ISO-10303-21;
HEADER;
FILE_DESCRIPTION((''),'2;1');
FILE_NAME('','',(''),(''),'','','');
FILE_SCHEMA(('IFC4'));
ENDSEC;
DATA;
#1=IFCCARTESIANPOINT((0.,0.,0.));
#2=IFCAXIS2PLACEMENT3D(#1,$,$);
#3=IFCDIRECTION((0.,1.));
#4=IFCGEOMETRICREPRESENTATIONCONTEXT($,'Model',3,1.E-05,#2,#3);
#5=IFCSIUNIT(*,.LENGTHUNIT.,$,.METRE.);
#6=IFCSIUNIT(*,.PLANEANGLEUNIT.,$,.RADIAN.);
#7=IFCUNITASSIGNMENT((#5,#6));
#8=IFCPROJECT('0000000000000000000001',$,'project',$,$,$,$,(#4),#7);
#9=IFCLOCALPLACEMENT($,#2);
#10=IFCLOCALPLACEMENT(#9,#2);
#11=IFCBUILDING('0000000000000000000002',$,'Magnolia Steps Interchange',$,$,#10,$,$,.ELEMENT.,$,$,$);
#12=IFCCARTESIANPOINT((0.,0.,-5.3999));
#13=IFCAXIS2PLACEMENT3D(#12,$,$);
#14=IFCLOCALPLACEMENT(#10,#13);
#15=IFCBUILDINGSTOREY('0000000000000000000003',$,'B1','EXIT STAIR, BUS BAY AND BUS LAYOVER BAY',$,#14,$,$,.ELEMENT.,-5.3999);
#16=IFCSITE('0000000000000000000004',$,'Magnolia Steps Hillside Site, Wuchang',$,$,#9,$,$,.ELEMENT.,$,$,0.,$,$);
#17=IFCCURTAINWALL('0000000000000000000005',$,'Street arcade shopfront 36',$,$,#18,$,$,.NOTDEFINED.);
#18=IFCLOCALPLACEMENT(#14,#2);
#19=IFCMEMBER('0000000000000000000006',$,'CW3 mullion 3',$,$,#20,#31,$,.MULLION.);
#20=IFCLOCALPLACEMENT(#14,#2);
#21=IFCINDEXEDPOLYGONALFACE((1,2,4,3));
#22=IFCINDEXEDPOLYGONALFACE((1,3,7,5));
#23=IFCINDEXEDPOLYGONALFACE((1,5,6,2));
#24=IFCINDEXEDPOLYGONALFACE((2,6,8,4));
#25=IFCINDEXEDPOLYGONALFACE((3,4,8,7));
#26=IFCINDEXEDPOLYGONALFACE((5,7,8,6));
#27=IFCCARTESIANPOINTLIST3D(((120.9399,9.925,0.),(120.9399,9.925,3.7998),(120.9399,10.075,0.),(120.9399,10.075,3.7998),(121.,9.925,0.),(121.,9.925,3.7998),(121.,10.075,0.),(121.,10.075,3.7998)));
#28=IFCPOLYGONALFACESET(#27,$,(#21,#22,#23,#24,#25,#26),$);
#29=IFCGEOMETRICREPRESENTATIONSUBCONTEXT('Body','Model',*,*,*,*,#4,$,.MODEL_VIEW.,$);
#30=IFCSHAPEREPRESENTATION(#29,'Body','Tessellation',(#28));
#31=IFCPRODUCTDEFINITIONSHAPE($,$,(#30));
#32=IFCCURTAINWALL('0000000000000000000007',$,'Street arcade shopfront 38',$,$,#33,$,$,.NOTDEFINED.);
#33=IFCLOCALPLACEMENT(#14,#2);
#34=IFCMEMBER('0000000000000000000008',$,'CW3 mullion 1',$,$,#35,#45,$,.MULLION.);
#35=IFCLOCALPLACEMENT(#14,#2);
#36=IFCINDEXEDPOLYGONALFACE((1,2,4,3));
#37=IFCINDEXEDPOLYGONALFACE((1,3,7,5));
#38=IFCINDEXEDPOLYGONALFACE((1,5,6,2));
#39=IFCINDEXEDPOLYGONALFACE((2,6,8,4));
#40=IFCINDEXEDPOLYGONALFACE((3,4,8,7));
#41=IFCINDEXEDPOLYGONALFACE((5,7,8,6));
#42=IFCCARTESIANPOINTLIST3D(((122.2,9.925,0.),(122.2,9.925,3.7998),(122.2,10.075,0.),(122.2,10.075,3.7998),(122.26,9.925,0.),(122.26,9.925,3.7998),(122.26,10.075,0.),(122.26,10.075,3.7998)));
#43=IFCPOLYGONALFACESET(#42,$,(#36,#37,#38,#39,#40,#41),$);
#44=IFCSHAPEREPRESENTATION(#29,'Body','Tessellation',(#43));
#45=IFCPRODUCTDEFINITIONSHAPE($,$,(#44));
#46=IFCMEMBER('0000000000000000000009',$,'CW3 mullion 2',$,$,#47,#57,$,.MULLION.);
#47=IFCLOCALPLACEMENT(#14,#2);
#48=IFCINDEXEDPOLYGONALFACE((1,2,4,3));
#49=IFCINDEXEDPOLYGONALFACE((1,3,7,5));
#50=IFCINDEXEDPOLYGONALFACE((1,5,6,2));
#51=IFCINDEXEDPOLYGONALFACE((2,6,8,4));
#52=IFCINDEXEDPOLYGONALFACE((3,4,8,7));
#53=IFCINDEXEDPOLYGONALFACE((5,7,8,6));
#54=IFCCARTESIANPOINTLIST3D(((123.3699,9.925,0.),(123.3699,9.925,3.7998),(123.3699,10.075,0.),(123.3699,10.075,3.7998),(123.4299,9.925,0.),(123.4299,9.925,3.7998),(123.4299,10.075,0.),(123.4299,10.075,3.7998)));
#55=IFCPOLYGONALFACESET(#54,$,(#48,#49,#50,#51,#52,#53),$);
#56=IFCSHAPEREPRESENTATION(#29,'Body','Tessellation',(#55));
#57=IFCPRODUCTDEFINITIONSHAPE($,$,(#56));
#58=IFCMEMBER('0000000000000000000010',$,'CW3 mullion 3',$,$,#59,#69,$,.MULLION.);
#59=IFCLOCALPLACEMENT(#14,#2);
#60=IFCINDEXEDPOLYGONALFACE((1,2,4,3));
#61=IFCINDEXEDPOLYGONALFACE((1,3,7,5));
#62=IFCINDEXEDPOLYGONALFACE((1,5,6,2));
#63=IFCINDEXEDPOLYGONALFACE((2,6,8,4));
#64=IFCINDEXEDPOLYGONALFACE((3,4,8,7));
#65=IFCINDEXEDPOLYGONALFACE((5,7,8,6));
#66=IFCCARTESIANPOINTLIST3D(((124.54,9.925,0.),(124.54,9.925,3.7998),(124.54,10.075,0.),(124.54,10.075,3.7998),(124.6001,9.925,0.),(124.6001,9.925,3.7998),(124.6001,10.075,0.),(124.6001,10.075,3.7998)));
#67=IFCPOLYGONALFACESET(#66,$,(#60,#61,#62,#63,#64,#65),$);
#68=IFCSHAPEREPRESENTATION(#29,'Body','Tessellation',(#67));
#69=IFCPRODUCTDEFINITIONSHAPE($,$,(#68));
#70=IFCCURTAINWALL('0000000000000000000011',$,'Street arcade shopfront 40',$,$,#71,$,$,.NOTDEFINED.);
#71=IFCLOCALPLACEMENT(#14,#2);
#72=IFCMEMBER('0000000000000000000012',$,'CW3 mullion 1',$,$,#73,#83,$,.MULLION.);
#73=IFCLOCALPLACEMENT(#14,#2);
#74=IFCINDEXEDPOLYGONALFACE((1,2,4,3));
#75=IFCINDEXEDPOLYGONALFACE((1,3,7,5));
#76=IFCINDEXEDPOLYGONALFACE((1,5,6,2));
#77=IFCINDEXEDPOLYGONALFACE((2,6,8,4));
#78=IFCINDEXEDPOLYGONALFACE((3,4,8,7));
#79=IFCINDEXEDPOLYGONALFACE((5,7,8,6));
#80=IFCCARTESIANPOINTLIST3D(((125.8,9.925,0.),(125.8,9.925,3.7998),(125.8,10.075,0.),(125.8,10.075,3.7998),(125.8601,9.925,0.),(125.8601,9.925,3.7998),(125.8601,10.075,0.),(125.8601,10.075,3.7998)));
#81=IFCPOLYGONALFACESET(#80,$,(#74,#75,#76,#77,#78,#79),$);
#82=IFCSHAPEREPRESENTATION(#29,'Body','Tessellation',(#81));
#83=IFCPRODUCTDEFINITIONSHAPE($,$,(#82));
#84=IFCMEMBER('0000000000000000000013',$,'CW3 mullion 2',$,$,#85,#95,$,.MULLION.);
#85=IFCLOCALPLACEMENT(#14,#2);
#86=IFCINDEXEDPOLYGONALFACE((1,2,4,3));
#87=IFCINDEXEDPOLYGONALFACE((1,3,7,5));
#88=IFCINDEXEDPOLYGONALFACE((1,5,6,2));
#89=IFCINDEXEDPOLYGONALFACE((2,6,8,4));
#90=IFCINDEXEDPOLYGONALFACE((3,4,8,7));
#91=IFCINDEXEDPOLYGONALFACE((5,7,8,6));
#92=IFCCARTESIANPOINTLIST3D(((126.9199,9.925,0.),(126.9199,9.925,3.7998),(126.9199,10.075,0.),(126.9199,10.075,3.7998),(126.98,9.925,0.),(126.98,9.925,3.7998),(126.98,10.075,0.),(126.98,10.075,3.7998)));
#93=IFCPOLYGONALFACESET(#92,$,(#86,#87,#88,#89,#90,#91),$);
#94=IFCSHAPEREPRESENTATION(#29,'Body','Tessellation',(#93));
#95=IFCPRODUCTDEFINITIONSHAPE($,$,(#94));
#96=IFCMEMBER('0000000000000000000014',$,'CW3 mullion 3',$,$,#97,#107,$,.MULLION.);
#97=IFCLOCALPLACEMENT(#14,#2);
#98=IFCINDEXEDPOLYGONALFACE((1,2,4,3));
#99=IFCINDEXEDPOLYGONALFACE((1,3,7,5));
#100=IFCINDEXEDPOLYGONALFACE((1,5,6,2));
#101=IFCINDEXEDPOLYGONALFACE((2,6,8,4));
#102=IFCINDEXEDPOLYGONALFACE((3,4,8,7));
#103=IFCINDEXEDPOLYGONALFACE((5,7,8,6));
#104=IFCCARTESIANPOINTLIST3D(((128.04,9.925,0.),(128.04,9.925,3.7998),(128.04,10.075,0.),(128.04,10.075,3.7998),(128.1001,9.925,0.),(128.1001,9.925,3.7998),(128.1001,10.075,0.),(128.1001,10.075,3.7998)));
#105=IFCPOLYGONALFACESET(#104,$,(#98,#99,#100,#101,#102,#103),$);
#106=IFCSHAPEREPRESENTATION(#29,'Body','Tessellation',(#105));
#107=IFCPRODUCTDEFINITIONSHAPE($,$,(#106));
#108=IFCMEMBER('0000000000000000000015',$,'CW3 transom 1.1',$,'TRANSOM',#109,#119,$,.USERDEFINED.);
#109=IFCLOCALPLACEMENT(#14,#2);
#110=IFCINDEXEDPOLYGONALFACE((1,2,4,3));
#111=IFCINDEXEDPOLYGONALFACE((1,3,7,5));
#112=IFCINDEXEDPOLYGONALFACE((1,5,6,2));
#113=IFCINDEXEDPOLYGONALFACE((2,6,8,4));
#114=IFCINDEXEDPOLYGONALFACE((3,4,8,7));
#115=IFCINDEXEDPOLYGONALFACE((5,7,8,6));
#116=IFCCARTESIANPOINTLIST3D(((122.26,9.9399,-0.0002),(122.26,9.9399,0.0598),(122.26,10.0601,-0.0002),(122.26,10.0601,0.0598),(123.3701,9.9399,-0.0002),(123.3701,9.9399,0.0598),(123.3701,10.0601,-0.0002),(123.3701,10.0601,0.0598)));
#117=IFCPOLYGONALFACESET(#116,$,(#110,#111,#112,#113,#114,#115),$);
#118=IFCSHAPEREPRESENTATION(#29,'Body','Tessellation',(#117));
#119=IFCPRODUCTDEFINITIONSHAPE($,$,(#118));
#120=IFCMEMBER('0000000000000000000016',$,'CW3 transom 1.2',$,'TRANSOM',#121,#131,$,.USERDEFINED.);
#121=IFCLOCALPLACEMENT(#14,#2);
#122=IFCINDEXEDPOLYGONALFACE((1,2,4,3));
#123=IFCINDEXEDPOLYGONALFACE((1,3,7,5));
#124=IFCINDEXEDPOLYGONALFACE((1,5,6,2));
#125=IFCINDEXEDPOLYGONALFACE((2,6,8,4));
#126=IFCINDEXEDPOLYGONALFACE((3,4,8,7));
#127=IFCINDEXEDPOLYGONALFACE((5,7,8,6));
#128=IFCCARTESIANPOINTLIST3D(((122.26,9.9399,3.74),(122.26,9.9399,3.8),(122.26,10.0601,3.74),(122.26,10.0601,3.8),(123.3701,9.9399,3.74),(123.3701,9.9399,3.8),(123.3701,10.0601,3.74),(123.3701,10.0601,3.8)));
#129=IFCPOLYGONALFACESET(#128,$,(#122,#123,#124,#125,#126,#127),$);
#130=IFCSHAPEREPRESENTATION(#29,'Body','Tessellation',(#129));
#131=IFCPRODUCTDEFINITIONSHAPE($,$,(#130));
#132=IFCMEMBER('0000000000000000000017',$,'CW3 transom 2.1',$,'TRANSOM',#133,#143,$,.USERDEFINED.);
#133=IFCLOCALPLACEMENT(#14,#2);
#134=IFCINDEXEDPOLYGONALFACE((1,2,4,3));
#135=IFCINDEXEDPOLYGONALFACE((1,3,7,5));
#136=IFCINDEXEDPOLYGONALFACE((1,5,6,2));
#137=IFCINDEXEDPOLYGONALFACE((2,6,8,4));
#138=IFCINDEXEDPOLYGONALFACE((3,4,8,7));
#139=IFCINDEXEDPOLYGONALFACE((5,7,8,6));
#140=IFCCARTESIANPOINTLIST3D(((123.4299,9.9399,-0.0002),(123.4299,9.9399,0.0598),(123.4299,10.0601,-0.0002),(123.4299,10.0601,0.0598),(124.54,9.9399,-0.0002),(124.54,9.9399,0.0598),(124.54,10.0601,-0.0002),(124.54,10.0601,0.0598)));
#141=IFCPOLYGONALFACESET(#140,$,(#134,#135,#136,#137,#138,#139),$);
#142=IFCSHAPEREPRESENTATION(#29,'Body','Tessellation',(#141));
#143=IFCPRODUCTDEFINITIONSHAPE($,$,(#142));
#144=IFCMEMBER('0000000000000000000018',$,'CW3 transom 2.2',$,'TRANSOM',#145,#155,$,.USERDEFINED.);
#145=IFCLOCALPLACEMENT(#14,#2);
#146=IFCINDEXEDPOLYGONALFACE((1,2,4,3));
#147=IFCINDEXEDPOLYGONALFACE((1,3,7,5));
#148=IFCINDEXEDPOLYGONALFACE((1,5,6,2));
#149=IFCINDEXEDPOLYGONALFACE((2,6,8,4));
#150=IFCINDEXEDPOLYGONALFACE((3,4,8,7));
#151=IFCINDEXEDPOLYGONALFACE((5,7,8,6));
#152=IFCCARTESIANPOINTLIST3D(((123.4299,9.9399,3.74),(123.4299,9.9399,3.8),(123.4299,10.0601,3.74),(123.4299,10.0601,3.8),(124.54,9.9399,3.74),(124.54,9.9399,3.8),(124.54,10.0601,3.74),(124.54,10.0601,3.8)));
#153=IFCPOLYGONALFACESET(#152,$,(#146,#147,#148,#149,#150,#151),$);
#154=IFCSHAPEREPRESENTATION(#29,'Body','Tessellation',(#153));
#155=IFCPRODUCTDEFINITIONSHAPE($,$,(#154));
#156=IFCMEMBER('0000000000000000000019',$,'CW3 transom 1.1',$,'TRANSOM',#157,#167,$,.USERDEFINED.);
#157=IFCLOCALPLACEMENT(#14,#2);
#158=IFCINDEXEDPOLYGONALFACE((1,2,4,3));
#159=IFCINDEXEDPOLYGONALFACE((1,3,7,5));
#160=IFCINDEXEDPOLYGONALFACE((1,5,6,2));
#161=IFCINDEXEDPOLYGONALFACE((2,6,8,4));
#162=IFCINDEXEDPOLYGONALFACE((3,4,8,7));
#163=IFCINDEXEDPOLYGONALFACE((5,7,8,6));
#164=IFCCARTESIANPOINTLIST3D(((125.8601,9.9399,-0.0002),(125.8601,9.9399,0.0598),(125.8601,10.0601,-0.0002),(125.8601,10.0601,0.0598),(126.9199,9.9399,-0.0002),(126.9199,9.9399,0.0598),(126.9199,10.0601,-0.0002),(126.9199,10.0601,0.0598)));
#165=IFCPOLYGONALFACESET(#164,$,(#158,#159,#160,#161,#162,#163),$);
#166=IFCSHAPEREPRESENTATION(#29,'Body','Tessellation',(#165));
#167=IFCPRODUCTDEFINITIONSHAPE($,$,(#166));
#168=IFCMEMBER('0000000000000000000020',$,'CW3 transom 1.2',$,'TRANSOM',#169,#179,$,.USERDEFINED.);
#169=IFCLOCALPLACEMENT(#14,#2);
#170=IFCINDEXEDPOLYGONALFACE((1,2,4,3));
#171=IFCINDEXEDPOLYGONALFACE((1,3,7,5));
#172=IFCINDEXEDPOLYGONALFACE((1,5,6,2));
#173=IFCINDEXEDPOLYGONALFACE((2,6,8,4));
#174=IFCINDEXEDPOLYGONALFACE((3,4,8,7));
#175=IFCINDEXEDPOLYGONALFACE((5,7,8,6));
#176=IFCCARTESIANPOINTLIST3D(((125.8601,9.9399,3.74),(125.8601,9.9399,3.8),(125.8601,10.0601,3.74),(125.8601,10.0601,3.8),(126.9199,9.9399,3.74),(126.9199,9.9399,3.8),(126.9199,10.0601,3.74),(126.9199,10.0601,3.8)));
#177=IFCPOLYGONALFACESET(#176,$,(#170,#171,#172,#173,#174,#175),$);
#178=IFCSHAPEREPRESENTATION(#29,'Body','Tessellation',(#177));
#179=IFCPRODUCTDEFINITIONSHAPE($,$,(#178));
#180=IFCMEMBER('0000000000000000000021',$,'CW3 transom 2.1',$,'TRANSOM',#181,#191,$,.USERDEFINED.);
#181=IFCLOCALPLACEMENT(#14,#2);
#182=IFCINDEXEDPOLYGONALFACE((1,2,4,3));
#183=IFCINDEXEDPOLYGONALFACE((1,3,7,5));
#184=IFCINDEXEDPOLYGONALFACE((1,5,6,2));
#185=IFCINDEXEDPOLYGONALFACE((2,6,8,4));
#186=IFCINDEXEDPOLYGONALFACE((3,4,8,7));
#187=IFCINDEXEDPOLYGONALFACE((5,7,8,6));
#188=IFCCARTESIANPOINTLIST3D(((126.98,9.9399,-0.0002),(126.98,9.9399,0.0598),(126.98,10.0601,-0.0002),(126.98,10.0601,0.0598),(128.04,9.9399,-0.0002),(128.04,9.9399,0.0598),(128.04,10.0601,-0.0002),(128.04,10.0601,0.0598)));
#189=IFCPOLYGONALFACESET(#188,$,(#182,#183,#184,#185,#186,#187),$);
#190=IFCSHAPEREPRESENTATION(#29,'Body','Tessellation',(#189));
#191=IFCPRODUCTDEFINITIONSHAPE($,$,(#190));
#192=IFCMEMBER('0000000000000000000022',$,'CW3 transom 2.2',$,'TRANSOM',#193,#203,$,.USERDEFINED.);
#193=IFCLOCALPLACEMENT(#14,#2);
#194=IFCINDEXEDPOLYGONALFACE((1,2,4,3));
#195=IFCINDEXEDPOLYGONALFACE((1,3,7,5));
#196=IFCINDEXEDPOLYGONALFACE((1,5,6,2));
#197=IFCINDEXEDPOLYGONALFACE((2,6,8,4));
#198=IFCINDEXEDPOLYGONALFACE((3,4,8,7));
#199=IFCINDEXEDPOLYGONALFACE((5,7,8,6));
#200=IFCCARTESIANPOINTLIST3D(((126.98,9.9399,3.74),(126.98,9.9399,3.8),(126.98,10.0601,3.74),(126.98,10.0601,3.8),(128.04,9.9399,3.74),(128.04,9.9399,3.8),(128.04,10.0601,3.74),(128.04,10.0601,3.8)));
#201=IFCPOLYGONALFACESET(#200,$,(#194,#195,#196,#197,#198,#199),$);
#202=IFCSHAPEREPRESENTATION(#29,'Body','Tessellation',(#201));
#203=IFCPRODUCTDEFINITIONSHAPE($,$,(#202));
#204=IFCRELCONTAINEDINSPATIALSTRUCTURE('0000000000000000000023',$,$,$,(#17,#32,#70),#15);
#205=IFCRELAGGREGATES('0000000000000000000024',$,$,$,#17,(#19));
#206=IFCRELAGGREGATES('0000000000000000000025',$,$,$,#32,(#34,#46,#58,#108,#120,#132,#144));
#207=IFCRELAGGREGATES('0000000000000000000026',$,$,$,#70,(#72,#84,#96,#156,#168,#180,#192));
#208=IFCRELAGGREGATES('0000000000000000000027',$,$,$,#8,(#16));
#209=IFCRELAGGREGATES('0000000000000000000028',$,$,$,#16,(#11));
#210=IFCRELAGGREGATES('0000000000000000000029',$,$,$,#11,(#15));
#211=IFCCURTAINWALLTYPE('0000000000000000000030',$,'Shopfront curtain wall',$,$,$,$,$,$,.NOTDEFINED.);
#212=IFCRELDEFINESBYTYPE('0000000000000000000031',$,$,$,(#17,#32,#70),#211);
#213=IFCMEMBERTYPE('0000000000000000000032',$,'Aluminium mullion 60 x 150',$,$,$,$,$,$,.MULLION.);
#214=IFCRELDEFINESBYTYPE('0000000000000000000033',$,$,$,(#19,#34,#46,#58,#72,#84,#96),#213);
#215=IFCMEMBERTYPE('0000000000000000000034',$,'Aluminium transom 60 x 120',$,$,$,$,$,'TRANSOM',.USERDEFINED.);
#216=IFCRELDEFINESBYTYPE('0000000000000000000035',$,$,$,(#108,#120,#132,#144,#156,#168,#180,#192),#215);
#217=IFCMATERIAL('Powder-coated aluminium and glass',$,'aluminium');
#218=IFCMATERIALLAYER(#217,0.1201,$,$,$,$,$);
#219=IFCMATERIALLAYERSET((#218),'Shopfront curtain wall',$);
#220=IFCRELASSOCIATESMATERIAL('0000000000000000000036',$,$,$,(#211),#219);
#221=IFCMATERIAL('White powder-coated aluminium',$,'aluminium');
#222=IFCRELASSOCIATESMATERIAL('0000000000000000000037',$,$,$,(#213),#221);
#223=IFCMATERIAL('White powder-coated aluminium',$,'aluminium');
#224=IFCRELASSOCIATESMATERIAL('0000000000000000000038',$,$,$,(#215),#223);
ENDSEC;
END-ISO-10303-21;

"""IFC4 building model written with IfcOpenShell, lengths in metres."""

from ifc_helpers import new_model, si_unit, direction, frame, origin, origin_2d, place, context, subcontext, project, spatial, rectangle, extrude, material, layer, layer_set, material_profile, profile_set, type_object, element, aggregate, save


model = new_model("IFC4")

# Units and contexts
model_context = context("Model", 3, precision=1e-05, world=origin(), true_north=direction((0.0, 1.0)))
body_context = subcontext(model_context, "Body", "Model", "MODEL_VIEW")
ifc_project = project(units=[si_unit("LENGTHUNIT", "METRE"), si_unit("PLANEANGLEUNIT", "RADIAN")], contexts=[model_context])

# Site, building, storey
site_placement = place(None, origin())
site = spatial("IfcSite", under=ifc_project, at=site_placement, Name="Magnolia Steps Hillside Site, Wuchang", CompositionType="ELEMENT", RefElevation=0.0)
building_placement = place(site_placement, origin())
building = spatial("IfcBuilding", under=site, at=building_placement, Name="Magnolia Steps Interchange", CompositionType="ELEMENT")
storey_placement = place(building_placement, frame((0.0, 0.0, -5.3999)))
storey = spatial("IfcBuildingStorey", under=building, at=storey_placement, Name="B1", Description="EXIT STAIR, BUS BAY AND BUS LAYOVER BAY", CompositionType="ELEMENT", Elevation=-5.3999)

# Curtain wall, member
ifc_material_1 = material(Name="Powder-coated aluminium and glass", Category="aluminium")
ifc_layer_1 = layer(ifc_material_1, 0.1201)
ifc_layer_set_1 = layer_set([ifc_layer_1], Name="Shopfront curtain wall")
curtain_wall_type = type_object("IfcCurtainWallType", Name="Shopfront curtain wall", PredefinedType="NOTDEFINED", material=ifc_layer_set_1)
curtain_wall_1_placement = place(storey_placement, origin())
curtain_wall_1 = element("IfcCurtainWall", 1, at=curtain_wall_1_placement, inside=storey, type_object=curtain_wall_type, Name="Street arcade shopfront 36", PredefinedType="NOTDEFINED")
ifc_material_2 = material(Name="White powder-coated aluminium", Category="aluminium")
ifc_material_profile_1 = material_profile(ifc_material_2, rectangle(XDim=0.0601, YDim=0.1499, at=origin_2d()), Name="Aluminium mullion 60 x 150")
ifc_profile_set_1 = profile_set([ifc_material_profile_1], Name="White powder-coated aluminium")
member_type_1 = type_object("IfcMemberType", Name="Aluminium mullion 60 x 150", PredefinedType="MULLION", material=ifc_profile_set_1)
member_1_placement = place(storey_placement, frame((120.97, 10.0, 0.0), z_axis=(0.0, 0.0, 1.0), x_axis=(1.0, 0.0, 0.0)))
member_1 = element("IfcMember", 2, at=member_1_placement, type_object=member_type_1, Name="CW3 mullion 3", PredefinedType="MULLION", context=body_context, shape_type="SweptSolid", body=[
    extrude(rectangle(XDim=0.0601, YDim=0.1499, at=origin_2d()), origin(), (0.0, 0.0, 1.0), 3.7998),
])

# Curtain walls, members
curtain_wall_2_placement = place(storey_placement, origin())
curtain_wall_2 = element("IfcCurtainWall", 3, at=curtain_wall_2_placement, inside=storey, type_object=curtain_wall_type, Name="Street arcade shopfront 38", PredefinedType="NOTDEFINED")
member_2_placement = place(storey_placement, frame((122.23, 10.0, 0.0), z_axis=(0.0, 0.0, 1.0), x_axis=(1.0, 0.0, 0.0)))
member_2 = element("IfcMember", 4, at=member_2_placement, type_object=member_type_1, Name="CW3 mullion 1", PredefinedType="MULLION", context=body_context, shape_type="SweptSolid", body=[
    extrude(rectangle(XDim=0.0601, YDim=0.1499, at=origin_2d()), origin(), (0.0, 0.0, 1.0), 3.7998),
])
member_3_placement = place(storey_placement, frame((123.3999, 10.0, 0.0), z_axis=(0.0, 0.0, 1.0), x_axis=(1.0, 0.0, 0.0)))
member_3 = element("IfcMember", 5, at=member_3_placement, type_object=member_type_1, Name="CW3 mullion 2", PredefinedType="MULLION", context=body_context, shape_type="SweptSolid", body=[
    extrude(rectangle(XDim=0.0601, YDim=0.1499, at=origin_2d()), origin(), (0.0, 0.0, 1.0), 3.7998),
])
member_4_placement = place(storey_placement, frame((124.5701, 10.0, 0.0), z_axis=(0.0, 0.0, 1.0), x_axis=(1.0, 0.0, 0.0)))
member_4 = element("IfcMember", 6, at=member_4_placement, type_object=member_type_1, Name="CW3 mullion 3", PredefinedType="MULLION", context=body_context, shape_type="SweptSolid", body=[
    extrude(rectangle(XDim=0.0601, YDim=0.1499, at=origin_2d()), origin(), (0.0, 0.0, 1.0), 3.7998),
])
curtain_wall_3_placement = place(storey_placement, origin())
curtain_wall_3 = element("IfcCurtainWall", 7, at=curtain_wall_3_placement, inside=storey, type_object=curtain_wall_type, Name="Street arcade shopfront 40", PredefinedType="NOTDEFINED")
member_5_placement = place(storey_placement, frame((125.8301, 10.0, 0.0), z_axis=(0.0, 0.0, 1.0), x_axis=(1.0, 0.0, 0.0)))
member_5 = element("IfcMember", 8, at=member_5_placement, type_object=member_type_1, Name="CW3 mullion 1", PredefinedType="MULLION", context=body_context, shape_type="SweptSolid", body=[
    extrude(rectangle(XDim=0.0601, YDim=0.1499, at=origin_2d()), origin(), (0.0, 0.0, 1.0), 3.7998),
])
member_6_placement = place(storey_placement, frame((126.95, 10.0, 0.0), z_axis=(0.0, 0.0, 1.0), x_axis=(1.0, 0.0, 0.0)))
member_6 = element("IfcMember", 9, at=member_6_placement, type_object=member_type_1, Name="CW3 mullion 2", PredefinedType="MULLION", context=body_context, shape_type="SweptSolid", body=[
    extrude(rectangle(XDim=0.0601, YDim=0.1499, at=origin_2d()), origin(), (0.0, 0.0, 1.0), 3.7998),
])
member_7_placement = place(storey_placement, frame((128.0701, 10.0, 0.0), z_axis=(0.0, 0.0, 1.0), x_axis=(1.0, 0.0, 0.0)))
member_7 = element("IfcMember", 10, at=member_7_placement, type_object=member_type_1, Name="CW3 mullion 3", PredefinedType="MULLION", context=body_context, shape_type="SweptSolid", body=[
    extrude(rectangle(XDim=0.0601, YDim=0.1499, at=origin_2d()), origin(), (0.0, 0.0, 1.0), 3.7998),
])

# Members
ifc_material_3 = material(Name="White powder-coated aluminium", Category="aluminium")
ifc_material_profile_2 = material_profile(ifc_material_3, rectangle(XDim=0.0601, YDim=0.1201, at=origin_2d()), Name="Aluminium transom 60 x 120")
ifc_profile_set_2 = profile_set([ifc_material_profile_2], Name="White powder-coated aluminium")
member_type_2 = type_object("IfcMemberType", Name="Aluminium transom 60 x 120", ElementType="TRANSOM", PredefinedType="USERDEFINED", material=ifc_profile_set_2)
member_8_placement = place(storey_placement, frame((122.26, 10.0, 0.0298), z_axis=(1.0, 0.0, 0.0), x_axis=(0.0, 0.0, 1.0)))
member_8 = element("IfcMember", 11, at=member_8_placement, type_object=member_type_2, Name="CW3 transom 1.1", ObjectType="TRANSOM", PredefinedType="USERDEFINED", context=body_context, shape_type="SweptSolid", body=[
    extrude(rectangle(XDim=0.0601, YDim=0.1201, at=origin_2d()), origin(), (0.0, 0.0, 1.0), 1.1101),
])
member_9_placement = place(storey_placement, frame((122.26, 10.0, 3.77), z_axis=(1.0, 0.0, 0.0), x_axis=(0.0, 0.0, 1.0)))
member_9 = element("IfcMember", 12, at=member_9_placement, type_object=member_type_2, Name="CW3 transom 1.2", ObjectType="TRANSOM", PredefinedType="USERDEFINED", context=body_context, shape_type="SweptSolid", body=[
    extrude(rectangle(XDim=0.0601, YDim=0.1201, at=origin_2d()), origin(), (0.0, 0.0, 1.0), 1.1101),
])
member_10_placement = place(storey_placement, frame((123.4299, 10.0, 0.0298), z_axis=(1.0, 0.0, 0.0), x_axis=(0.0, 0.0, 1.0)))
member_10 = element("IfcMember", 13, at=member_10_placement, type_object=member_type_2, Name="CW3 transom 2.1", ObjectType="TRANSOM", PredefinedType="USERDEFINED", context=body_context, shape_type="SweptSolid", body=[
    extrude(rectangle(XDim=0.0601, YDim=0.1201, at=origin_2d()), origin(), (0.0, 0.0, 1.0), 1.1101),
])
member_11_placement = place(storey_placement, frame((123.4299, 10.0, 3.77), z_axis=(1.0, 0.0, 0.0), x_axis=(0.0, 0.0, 1.0)))
member_11 = element("IfcMember", 14, at=member_11_placement, type_object=member_type_2, Name="CW3 transom 2.2", ObjectType="TRANSOM", PredefinedType="USERDEFINED", context=body_context, shape_type="SweptSolid", body=[
    extrude(rectangle(XDim=0.0601, YDim=0.1201, at=origin_2d()), origin(), (0.0, 0.0, 1.0), 1.1101),
])
member_12_placement = place(storey_placement, frame((125.8601, 10.0, 0.0298), z_axis=(1.0, 0.0, 0.0), x_axis=(0.0, 0.0, 1.0)))
member_12 = element("IfcMember", 15, at=member_12_placement, type_object=member_type_2, Name="CW3 transom 1.1", ObjectType="TRANSOM", PredefinedType="USERDEFINED", context=body_context, shape_type="SweptSolid", body=[
    extrude(rectangle(XDim=0.0601, YDim=0.1201, at=origin_2d()), origin(), (0.0, 0.0, 1.0), 1.0598),
])
member_13_placement = place(storey_placement, frame((125.8601, 10.0, 3.77), z_axis=(1.0, 0.0, 0.0), x_axis=(0.0, 0.0, 1.0)))
member_13 = element("IfcMember", 16, at=member_13_placement, type_object=member_type_2, Name="CW3 transom 1.2", ObjectType="TRANSOM", PredefinedType="USERDEFINED", context=body_context, shape_type="SweptSolid", body=[
    extrude(rectangle(XDim=0.0601, YDim=0.1201, at=origin_2d()), origin(), (0.0, 0.0, 1.0), 1.0598),
])
member_14_placement = place(storey_placement, frame((126.98, 10.0, 0.0298), z_axis=(1.0, 0.0, 0.0), x_axis=(0.0, 0.0, 1.0)))
member_14 = element("IfcMember", 17, at=member_14_placement, type_object=member_type_2, Name="CW3 transom 2.1", ObjectType="TRANSOM", PredefinedType="USERDEFINED", context=body_context, shape_type="SweptSolid", body=[
    extrude(rectangle(XDim=0.0601, YDim=0.1201, at=origin_2d()), origin(), (0.0, 0.0, 1.0), 1.0601),
])
member_15_placement = place(storey_placement, frame((126.98, 10.0, 3.77), z_axis=(1.0, 0.0, 0.0), x_axis=(0.0, 0.0, 1.0)))
member_15 = element("IfcMember", 18, at=member_15_placement, type_object=member_type_2, Name="CW3 transom 2.2", ObjectType="TRANSOM", PredefinedType="USERDEFINED", context=body_context, shape_type="SweptSolid", body=[
    extrude(rectangle(XDim=0.0601, YDim=0.1201, at=origin_2d()), origin(), (0.0, 0.0, 1.0), 1.0601),
])

aggregate(curtain_wall_1, [member_1])
aggregate(curtain_wall_2, [member_2, member_3, member_4, member_8, member_9, member_10, member_11])
aggregate(curtain_wall_3, [member_5, member_6, member_7, member_12, member_13, member_14, member_15])

save(model, "model.ifc")
